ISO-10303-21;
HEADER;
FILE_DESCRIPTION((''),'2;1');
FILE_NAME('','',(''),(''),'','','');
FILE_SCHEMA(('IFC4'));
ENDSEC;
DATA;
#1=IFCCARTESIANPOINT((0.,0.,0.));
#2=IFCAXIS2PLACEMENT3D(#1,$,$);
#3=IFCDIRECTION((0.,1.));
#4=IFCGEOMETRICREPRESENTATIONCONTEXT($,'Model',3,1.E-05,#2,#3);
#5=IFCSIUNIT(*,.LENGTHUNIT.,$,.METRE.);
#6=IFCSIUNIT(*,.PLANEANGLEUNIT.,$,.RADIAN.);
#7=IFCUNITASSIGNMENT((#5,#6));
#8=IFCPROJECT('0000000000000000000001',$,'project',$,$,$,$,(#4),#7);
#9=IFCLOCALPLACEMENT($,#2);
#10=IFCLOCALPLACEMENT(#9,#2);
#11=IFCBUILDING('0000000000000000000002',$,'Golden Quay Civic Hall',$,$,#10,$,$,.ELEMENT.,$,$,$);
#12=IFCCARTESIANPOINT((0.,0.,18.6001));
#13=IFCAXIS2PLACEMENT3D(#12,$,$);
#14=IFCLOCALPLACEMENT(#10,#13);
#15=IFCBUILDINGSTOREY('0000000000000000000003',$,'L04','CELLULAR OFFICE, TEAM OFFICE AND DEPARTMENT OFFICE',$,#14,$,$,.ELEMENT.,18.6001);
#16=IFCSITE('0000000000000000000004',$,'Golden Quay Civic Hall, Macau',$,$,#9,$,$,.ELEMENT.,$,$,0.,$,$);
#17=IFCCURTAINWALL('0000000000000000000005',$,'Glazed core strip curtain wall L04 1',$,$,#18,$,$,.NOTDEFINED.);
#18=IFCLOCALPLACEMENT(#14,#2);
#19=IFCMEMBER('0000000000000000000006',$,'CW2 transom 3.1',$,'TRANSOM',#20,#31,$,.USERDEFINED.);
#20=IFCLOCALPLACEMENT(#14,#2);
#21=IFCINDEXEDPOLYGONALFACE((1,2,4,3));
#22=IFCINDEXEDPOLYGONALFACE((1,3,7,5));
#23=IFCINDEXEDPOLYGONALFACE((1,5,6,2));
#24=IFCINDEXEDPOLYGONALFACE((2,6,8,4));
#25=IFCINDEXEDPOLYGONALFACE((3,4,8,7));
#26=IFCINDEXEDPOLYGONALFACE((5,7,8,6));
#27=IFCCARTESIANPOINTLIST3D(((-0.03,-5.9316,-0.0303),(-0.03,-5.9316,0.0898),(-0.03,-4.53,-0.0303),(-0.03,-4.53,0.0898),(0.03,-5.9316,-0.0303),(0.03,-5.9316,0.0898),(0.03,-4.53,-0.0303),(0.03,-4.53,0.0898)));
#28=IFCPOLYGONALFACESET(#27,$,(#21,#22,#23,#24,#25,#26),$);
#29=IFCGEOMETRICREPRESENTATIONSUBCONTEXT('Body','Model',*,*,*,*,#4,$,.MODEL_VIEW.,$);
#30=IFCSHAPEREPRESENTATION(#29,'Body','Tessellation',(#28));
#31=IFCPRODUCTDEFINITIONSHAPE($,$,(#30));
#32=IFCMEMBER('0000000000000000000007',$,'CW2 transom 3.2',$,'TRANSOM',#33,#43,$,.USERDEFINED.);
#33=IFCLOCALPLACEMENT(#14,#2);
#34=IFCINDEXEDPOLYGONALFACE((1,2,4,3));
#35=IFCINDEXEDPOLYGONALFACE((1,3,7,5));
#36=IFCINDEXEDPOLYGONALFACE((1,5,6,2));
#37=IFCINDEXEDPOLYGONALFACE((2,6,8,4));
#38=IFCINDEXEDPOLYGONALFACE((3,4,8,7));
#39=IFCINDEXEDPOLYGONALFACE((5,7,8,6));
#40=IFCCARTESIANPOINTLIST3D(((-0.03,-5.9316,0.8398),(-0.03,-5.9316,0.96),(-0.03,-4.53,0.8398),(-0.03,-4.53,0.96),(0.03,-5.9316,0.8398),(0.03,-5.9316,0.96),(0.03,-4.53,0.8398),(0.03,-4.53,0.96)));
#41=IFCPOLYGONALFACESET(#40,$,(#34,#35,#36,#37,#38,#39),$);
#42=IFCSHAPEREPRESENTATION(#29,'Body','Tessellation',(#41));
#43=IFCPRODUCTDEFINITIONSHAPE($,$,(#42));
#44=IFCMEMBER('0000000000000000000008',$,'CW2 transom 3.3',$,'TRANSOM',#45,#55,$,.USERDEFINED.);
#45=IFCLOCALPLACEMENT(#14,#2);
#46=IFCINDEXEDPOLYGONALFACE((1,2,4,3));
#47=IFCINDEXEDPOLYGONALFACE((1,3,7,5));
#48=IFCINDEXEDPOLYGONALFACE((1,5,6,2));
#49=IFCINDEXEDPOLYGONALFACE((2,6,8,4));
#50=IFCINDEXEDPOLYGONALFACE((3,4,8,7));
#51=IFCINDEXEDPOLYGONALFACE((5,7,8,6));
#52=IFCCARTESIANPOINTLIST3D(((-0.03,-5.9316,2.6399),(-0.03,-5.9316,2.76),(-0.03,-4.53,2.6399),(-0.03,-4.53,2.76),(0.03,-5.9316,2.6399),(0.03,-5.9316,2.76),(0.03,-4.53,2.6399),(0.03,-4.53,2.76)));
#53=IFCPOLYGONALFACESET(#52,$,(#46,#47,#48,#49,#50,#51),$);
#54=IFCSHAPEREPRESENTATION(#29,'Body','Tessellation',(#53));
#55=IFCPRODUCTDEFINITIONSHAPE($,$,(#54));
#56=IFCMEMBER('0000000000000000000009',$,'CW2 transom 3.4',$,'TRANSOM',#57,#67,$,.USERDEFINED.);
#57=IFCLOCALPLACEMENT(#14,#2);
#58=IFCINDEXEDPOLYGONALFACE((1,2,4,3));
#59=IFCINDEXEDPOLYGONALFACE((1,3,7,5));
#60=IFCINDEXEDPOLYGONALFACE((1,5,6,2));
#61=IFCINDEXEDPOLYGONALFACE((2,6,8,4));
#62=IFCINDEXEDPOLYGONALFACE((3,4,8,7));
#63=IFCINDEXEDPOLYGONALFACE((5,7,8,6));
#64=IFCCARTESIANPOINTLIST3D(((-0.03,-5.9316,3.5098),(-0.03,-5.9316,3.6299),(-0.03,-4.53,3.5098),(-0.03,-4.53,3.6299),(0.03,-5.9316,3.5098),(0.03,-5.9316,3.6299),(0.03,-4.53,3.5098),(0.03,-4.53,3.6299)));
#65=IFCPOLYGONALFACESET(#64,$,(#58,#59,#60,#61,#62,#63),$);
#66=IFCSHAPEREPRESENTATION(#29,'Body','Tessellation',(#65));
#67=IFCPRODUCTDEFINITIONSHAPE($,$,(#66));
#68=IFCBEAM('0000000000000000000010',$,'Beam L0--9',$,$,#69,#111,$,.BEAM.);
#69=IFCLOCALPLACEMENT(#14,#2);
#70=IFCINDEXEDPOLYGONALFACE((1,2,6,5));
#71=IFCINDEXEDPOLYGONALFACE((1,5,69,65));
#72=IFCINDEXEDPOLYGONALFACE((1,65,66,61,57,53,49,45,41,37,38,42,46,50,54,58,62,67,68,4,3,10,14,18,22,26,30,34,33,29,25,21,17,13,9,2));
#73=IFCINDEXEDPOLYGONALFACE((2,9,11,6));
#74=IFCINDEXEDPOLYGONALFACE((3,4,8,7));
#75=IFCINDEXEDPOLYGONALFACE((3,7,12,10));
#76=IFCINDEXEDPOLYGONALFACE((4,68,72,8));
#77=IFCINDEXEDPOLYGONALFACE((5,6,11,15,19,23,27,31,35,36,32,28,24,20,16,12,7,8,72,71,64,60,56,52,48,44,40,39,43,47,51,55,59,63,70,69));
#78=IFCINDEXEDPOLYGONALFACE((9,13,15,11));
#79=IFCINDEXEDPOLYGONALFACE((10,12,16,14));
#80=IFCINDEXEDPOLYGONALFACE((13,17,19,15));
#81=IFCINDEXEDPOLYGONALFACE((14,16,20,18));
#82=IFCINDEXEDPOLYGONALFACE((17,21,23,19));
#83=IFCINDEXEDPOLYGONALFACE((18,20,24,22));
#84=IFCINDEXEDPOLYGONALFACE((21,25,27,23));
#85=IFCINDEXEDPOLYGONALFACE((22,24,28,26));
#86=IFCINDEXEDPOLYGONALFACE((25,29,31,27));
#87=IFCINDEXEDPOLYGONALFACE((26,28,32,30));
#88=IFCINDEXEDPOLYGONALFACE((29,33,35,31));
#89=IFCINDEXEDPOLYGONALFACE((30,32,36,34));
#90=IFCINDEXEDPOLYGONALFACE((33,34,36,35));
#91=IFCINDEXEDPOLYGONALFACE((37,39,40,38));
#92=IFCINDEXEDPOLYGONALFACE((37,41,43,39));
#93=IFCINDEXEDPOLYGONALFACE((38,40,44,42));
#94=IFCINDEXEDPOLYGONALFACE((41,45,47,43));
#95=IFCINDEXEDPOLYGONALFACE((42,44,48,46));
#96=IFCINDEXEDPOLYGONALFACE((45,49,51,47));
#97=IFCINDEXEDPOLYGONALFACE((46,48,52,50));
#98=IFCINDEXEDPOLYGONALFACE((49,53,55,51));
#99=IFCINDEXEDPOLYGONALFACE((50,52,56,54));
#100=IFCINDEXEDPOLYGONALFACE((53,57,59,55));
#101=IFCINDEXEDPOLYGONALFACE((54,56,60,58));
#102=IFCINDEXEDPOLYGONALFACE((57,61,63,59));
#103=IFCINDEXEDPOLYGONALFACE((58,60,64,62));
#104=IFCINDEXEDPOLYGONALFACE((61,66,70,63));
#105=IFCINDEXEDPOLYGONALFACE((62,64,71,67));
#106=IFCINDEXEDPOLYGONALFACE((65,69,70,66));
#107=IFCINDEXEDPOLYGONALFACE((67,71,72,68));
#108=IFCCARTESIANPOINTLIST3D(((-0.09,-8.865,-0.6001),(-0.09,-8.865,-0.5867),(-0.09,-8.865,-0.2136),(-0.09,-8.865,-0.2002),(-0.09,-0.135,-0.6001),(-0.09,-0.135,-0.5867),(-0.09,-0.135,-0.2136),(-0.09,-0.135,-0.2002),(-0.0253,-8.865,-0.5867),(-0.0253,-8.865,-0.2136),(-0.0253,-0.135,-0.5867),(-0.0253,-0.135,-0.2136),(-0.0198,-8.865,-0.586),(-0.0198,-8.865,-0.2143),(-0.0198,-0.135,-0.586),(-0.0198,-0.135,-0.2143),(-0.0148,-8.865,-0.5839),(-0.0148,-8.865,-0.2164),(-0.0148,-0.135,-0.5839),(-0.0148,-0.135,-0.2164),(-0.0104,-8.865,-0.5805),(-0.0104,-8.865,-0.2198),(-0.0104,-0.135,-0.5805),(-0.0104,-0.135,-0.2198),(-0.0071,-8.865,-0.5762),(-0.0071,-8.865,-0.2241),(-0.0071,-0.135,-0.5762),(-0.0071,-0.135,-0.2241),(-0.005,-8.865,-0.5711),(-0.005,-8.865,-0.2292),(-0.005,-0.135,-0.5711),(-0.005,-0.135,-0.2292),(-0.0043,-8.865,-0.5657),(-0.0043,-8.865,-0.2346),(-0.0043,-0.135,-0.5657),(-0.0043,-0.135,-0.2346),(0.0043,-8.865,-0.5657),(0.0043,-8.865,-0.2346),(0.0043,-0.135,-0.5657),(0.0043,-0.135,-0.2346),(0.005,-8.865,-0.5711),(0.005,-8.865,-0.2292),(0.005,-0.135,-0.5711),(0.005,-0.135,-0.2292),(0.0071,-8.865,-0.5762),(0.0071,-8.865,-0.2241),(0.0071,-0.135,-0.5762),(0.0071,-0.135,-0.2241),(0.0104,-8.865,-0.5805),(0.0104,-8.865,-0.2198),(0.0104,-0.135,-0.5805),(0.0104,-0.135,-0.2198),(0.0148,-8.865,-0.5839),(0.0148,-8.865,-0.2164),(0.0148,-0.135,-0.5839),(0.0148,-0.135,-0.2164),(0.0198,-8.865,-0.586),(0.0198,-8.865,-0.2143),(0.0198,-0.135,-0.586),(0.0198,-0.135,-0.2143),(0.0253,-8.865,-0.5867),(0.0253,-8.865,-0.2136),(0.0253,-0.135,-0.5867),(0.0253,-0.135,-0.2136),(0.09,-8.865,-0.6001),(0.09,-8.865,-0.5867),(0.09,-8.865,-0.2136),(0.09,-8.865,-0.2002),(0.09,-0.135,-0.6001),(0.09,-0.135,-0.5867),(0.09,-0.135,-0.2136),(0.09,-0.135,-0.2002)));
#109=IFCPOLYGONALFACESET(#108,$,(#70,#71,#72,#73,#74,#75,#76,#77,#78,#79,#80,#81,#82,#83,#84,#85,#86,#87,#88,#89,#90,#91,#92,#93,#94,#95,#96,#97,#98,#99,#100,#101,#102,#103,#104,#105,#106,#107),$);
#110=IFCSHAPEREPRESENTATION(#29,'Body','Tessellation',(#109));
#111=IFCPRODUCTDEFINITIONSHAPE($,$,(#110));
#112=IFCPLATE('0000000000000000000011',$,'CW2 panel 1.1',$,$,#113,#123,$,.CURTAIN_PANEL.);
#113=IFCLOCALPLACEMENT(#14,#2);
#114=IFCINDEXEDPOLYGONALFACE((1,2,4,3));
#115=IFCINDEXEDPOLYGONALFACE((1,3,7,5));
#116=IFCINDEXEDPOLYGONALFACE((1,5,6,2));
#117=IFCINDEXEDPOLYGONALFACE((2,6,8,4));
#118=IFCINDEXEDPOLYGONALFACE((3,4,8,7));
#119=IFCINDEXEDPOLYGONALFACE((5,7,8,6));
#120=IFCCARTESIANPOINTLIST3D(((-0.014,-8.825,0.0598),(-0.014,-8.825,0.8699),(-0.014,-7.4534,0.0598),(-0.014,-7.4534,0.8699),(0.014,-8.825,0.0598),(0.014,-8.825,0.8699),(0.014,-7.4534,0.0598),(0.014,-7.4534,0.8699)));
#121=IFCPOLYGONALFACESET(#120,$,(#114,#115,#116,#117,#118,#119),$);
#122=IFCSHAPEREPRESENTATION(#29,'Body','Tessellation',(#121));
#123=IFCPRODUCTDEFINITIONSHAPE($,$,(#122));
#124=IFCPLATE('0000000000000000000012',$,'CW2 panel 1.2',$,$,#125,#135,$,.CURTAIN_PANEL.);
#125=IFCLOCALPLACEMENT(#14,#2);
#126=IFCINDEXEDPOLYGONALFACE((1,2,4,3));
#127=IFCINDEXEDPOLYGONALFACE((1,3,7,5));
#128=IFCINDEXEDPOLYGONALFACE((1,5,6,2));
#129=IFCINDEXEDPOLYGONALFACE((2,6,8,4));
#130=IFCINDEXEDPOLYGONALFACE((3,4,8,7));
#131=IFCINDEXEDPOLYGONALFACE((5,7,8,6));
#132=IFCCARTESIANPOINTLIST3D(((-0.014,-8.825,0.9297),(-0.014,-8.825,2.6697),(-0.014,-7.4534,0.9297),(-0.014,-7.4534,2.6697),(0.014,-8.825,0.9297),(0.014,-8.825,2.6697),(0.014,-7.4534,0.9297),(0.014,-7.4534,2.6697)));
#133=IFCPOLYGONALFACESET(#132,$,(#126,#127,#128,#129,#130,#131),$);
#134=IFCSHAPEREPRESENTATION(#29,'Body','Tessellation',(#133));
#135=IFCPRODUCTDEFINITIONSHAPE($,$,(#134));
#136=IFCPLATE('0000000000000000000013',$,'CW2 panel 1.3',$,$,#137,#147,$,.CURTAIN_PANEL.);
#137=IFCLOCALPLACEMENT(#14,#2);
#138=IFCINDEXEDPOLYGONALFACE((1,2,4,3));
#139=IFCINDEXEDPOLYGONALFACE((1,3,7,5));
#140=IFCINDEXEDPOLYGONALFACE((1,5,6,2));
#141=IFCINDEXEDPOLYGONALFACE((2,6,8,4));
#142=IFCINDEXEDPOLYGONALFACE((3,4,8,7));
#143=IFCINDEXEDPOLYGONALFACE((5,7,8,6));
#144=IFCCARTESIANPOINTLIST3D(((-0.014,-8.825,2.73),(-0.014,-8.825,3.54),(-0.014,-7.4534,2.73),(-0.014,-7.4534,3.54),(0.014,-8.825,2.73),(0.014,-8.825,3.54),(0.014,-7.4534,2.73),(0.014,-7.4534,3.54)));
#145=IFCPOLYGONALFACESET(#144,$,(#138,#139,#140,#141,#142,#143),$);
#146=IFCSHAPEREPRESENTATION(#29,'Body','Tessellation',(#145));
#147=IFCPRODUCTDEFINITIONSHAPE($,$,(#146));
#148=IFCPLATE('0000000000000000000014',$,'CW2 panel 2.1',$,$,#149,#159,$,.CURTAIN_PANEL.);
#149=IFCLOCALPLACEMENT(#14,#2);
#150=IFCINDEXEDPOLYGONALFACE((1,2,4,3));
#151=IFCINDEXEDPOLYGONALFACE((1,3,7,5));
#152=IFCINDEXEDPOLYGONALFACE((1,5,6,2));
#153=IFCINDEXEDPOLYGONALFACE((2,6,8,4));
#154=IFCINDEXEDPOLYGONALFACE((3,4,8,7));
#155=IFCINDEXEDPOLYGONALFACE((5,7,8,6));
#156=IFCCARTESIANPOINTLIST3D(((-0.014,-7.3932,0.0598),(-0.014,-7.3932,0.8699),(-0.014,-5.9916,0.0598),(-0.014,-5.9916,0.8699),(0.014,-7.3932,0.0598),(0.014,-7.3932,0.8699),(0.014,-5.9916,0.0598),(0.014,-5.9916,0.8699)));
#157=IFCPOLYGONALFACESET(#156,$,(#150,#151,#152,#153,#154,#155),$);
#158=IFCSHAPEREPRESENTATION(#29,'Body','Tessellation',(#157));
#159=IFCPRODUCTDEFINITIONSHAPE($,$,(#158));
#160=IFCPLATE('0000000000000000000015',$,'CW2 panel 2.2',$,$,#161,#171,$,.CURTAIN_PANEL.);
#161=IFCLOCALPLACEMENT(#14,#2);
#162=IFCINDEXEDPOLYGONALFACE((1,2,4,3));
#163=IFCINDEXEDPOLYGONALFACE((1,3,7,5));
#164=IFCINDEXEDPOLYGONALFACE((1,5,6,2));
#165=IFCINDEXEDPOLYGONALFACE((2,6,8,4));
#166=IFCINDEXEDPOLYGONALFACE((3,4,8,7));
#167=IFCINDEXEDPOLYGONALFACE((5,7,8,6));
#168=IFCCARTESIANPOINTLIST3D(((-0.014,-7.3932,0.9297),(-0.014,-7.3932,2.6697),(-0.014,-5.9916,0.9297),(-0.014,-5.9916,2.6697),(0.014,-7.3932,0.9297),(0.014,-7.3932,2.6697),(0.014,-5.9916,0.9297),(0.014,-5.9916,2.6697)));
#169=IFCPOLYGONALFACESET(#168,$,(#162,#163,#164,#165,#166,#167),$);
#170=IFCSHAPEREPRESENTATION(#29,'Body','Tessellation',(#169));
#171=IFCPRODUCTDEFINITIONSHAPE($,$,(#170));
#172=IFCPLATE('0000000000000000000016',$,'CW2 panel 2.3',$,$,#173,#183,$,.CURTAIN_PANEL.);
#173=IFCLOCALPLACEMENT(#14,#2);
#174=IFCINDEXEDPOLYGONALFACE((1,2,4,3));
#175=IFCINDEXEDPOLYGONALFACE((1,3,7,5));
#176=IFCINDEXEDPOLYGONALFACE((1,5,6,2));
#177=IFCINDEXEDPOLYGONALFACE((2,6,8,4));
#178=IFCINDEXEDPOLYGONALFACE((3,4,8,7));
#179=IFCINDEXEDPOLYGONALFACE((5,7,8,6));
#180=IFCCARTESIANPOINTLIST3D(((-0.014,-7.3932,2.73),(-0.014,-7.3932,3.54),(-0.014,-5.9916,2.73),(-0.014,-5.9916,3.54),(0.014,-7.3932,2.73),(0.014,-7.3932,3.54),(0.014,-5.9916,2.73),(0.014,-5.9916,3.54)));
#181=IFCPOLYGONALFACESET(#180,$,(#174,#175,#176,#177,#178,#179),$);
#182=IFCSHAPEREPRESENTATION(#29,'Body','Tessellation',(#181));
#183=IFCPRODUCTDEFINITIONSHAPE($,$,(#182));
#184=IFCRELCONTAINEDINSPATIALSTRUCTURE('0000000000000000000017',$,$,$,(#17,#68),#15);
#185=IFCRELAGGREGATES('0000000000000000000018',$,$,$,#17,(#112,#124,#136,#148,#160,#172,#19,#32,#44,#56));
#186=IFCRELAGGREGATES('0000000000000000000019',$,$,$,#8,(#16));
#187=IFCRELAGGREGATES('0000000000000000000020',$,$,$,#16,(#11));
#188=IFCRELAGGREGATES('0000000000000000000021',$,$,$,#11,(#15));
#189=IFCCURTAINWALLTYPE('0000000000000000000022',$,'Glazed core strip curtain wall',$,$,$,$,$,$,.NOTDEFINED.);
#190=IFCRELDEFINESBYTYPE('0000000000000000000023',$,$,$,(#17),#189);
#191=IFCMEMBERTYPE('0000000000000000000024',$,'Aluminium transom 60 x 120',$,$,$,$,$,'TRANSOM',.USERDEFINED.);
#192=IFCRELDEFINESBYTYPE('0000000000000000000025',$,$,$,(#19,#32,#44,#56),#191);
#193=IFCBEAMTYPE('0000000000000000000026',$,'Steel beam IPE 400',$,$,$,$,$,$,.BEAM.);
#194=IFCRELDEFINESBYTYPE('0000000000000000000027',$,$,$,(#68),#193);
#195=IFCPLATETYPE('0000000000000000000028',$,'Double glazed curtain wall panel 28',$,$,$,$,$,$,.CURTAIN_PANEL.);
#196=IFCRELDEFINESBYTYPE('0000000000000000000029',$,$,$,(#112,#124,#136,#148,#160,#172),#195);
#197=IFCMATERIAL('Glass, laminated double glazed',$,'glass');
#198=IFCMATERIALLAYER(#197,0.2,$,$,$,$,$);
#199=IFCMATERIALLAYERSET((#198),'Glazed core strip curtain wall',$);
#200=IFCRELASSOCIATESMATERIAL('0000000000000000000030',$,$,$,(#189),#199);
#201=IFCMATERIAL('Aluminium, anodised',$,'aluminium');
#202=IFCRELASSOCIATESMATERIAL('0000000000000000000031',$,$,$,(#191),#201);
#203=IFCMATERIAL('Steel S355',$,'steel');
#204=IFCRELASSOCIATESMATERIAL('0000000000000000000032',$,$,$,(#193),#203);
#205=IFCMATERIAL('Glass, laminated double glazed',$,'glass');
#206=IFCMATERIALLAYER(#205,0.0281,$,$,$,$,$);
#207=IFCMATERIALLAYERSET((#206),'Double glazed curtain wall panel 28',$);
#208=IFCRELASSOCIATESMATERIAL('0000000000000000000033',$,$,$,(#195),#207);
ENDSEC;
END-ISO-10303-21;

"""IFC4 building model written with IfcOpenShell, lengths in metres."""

from ifc_helpers import new_model, si_unit, direction, frame, origin, origin_2d, place, context, subcontext, project, spatial, rectangle, i_section, extrude, material, layer, layer_set, material_profile, profile_set, type_object, element, aggregate, save


model = new_model("IFC4")

# Units and contexts
model_context = context("Model", 3, precision=1e-05, world=origin(), true_north=direction((0.0, 1.0)))
body_context = subcontext(model_context, "Body", "Model", "MODEL_VIEW")
ifc_project = project(units=[si_unit("LENGTHUNIT", "METRE"), si_unit("PLANEANGLEUNIT", "RADIAN")], contexts=[model_context])

# Site, building, storey
site_placement = place(None, origin())
site = spatial("IfcSite", under=ifc_project, at=site_placement, Name="Golden Quay Civic Hall, Macau", CompositionType="ELEMENT", RefElevation=0.0)
building_placement = place(site_placement, origin())
building = spatial("IfcBuilding", under=site, at=building_placement, Name="Golden Quay Civic Hall", CompositionType="ELEMENT")
storey_placement = place(building_placement, frame((0.0, 0.0, 18.6001)))
storey = spatial("IfcBuildingStorey", under=building, at=storey_placement, Name="L04", Description="CELLULAR OFFICE, TEAM OFFICE AND DEPARTMENT OFFICE", CompositionType="ELEMENT", Elevation=18.6001)

# Curtain wall, members
ifc_material_1 = material(Name="Glass, laminated double glazed", Category="glass")
ifc_layer_1 = layer(ifc_material_1, 0.2)
ifc_layer_set_1 = layer_set([ifc_layer_1], Name="Glazed core strip curtain wall")
curtain_wall_type = type_object("IfcCurtainWallType", Name="Glazed core strip curtain wall", PredefinedType="NOTDEFINED", material=ifc_layer_set_1)
curtain_wall_placement = place(storey_placement, origin())
curtain_wall = element("IfcCurtainWall", 1, at=curtain_wall_placement, inside=storey, type_object=curtain_wall_type, Name="Glazed core strip curtain wall L04 1", PredefinedType="NOTDEFINED")
ifc_material_2 = material(Name="Aluminium, anodised", Category="aluminium")
ifc_material_profile_1 = material_profile(ifc_material_2, rectangle(XDim=0.0601, YDim=0.1201, at=origin_2d()), Name="Aluminium 60 x 120")
ifc_profile_set_1 = profile_set([ifc_material_profile_1], Name="Aluminium, anodised")
member_type_1 = type_object("IfcMemberType", Name="Aluminium transom 60 x 120", ElementType="TRANSOM", PredefinedType="USERDEFINED", material=ifc_profile_set_1)
member_1_placement = place(storey_placement, frame((0.0, -5.9316, 0.0298), z_axis=(0.0, 1.0, 0.0), x_axis=(-1.0, 0.0, 0.0)))
member_1 = element("IfcMember", 2, at=member_1_placement, type_object=member_type_1, Name="CW2 transom 3.1", ObjectType="TRANSOM", PredefinedType="USERDEFINED", context=body_context, shape_type="SweptSolid", body=[
    extrude(rectangle(XDim=0.0601, YDim=0.1201, at=origin_2d()), origin(), (0.0, 0.0, 1.0), 1.4016),
])
member_2_placement = place(storey_placement, frame((0.0, -5.9316, 0.8999), z_axis=(0.0, 1.0, 0.0), x_axis=(-1.0, 0.0, 0.0)))
member_2 = element("IfcMember", 3, at=member_2_placement, type_object=member_type_1, Name="CW2 transom 3.2", ObjectType="TRANSOM", PredefinedType="USERDEFINED", context=body_context, shape_type="SweptSolid", body=[
    extrude(rectangle(XDim=0.0601, YDim=0.1201, at=origin_2d()), origin(), (0.0, 0.0, 1.0), 1.4016),
])
member_3_placement = place(storey_placement, frame((0.0, -5.9316, 2.7), z_axis=(0.0, 1.0, 0.0), x_axis=(-1.0, 0.0, 0.0)))
member_3 = element("IfcMember", 4, at=member_3_placement, type_object=member_type_1, Name="CW2 transom 3.3", ObjectType="TRANSOM", PredefinedType="USERDEFINED", context=body_context, shape_type="SweptSolid", body=[
    extrude(rectangle(XDim=0.0601, YDim=0.1201, at=origin_2d()), origin(), (0.0, 0.0, 1.0), 1.4016),
])
member_4_placement = place(storey_placement, frame((0.0, -5.9316, 3.5698), z_axis=(0.0, 1.0, 0.0), x_axis=(-1.0, 0.0, 0.0)))
member_4 = element("IfcMember", 5, at=member_4_placement, type_object=member_type_1, Name="CW2 transom 3.4", ObjectType="TRANSOM", PredefinedType="USERDEFINED", context=body_context, shape_type="SweptSolid", body=[
    extrude(rectangle(XDim=0.0601, YDim=0.1201, at=origin_2d()), origin(), (0.0, 0.0, 1.0), 1.4016),
])

# Beam
ifc_material_3 = material(Name="Steel S355", Category="steel")
ifc_material_profile_2 = material_profile(ifc_material_3, i_section(OverallWidth=0.1799, OverallDepth=0.3999, WebThickness=0.0085, FlangeThickness=0.0134, FilletRadius=0.021, at=origin_2d()), Name="IPE 400")
ifc_profile_set_2 = profile_set([ifc_material_profile_2], Name="Steel S355")
beam_type = type_object("IfcBeamType", Name="Steel beam IPE 400", PredefinedType="BEAM", material=ifc_profile_set_2)
beam_placement = place(storey_placement, frame((0.0, -8.865, -0.4001), z_axis=(0.0, 1.0, 0.0), x_axis=(-1.0, 0.0, 0.0)))
element("IfcBeam", 6, at=beam_placement, inside=storey, type_object=beam_type, Name="Beam L0--9", PredefinedType="BEAM", context=body_context, shape_type="SweptSolid", body=[
    extrude(i_section(OverallWidth=0.1799, OverallDepth=0.3999, WebThickness=0.0085, FlangeThickness=0.0134, FilletRadius=0.021, at=origin_2d()), origin(), (0.0, 0.0, 1.0), 8.73),
])

# Plates
ifc_material_4 = material(Name="Glass, laminated double glazed", Category="glass")
ifc_layer_2 = layer(ifc_material_4, 0.0281)
ifc_layer_set_2 = layer_set([ifc_layer_2], Name="Double glazed curtain wall panel 28")
plate_type = type_object("IfcPlateType", Name="Double glazed curtain wall panel 28", PredefinedType="CURTAIN_PANEL", material=ifc_layer_set_2)
plate_1_placement = place(storey_placement, frame((0.0, -8.1392, 0.0598), z_axis=(0.0, 0.0, 1.0), x_axis=(0.0, 1.0, 0.0)))
plate_1 = element("IfcPlate", 7, at=plate_1_placement, type_object=plate_type, Name="CW2 panel 1.1", PredefinedType="CURTAIN_PANEL", context=body_context, shape_type="SweptSolid", body=[
    extrude(rectangle(XDim=1.3716, YDim=0.0281, at=origin_2d()), origin(), (0.0, 0.0, 1.0), 0.8101),
])
plate_2_placement = place(storey_placement, frame((0.0, -8.1392, 0.9297), z_axis=(0.0, 0.0, 1.0), x_axis=(0.0, 1.0, 0.0)))
plate_2 = element("IfcPlate", 8, at=plate_2_placement, type_object=plate_type, Name="CW2 panel 1.2", PredefinedType="CURTAIN_PANEL", context=body_context, shape_type="SweptSolid", body=[
    extrude(rectangle(XDim=1.3716, YDim=0.0281, at=origin_2d()), origin(), (0.0, 0.0, 1.0), 1.74),
])
plate_3_placement = place(storey_placement, frame((0.0, -8.1392, 2.73), z_axis=(0.0, 0.0, 1.0), x_axis=(0.0, 1.0, 0.0)))
plate_3 = element("IfcPlate", 9, at=plate_3_placement, type_object=plate_type, Name="CW2 panel 1.3", PredefinedType="CURTAIN_PANEL", context=body_context, shape_type="SweptSolid", body=[
    extrude(rectangle(XDim=1.3716, YDim=0.0281, at=origin_2d()), origin(), (0.0, 0.0, 1.0), 0.8101),
])
plate_4_placement = place(storey_placement, frame((0.0, -6.6924, 0.0598), z_axis=(0.0, 0.0, 1.0), x_axis=(0.0, 1.0, 0.0)))
plate_4 = element("IfcPlate", 10, at=plate_4_placement, type_object=plate_type, Name="CW2 panel 2.1", PredefinedType="CURTAIN_PANEL", context=body_context, shape_type="SweptSolid", body=[
    extrude(rectangle(XDim=1.4016, YDim=0.0281, at=origin_2d()), origin(), (0.0, 0.0, 1.0), 0.8101),
])
plate_5_placement = place(storey_placement, frame((0.0, -6.6924, 0.9297), z_axis=(0.0, 0.0, 1.0), x_axis=(0.0, 1.0, 0.0)))
plate_5 = element("IfcPlate", 11, at=plate_5_placement, type_object=plate_type, Name="CW2 panel 2.2", PredefinedType="CURTAIN_PANEL", context=body_context, shape_type="SweptSolid", body=[
    extrude(rectangle(XDim=1.4016, YDim=0.0281, at=origin_2d()), origin(), (0.0, 0.0, 1.0), 1.74),
])
plate_6_placement = place(storey_placement, frame((0.0, -6.6924, 2.73), z_axis=(0.0, 0.0, 1.0), x_axis=(0.0, 1.0, 0.0)))
plate_6 = element("IfcPlate", 12, at=plate_6_placement, type_object=plate_type, Name="CW2 panel 2.3", PredefinedType="CURTAIN_PANEL", context=body_context, shape_type="SweptSolid", body=[
    extrude(rectangle(XDim=1.4016, YDim=0.0281, at=origin_2d()), origin(), (0.0, 0.0, 1.0), 0.8101),
])
aggregate(curtain_wall, [plate_1, plate_2, plate_3, plate_4, plate_5, plate_6, member_1, member_2, member_3, member_4])

save(model, "model.ifc")
